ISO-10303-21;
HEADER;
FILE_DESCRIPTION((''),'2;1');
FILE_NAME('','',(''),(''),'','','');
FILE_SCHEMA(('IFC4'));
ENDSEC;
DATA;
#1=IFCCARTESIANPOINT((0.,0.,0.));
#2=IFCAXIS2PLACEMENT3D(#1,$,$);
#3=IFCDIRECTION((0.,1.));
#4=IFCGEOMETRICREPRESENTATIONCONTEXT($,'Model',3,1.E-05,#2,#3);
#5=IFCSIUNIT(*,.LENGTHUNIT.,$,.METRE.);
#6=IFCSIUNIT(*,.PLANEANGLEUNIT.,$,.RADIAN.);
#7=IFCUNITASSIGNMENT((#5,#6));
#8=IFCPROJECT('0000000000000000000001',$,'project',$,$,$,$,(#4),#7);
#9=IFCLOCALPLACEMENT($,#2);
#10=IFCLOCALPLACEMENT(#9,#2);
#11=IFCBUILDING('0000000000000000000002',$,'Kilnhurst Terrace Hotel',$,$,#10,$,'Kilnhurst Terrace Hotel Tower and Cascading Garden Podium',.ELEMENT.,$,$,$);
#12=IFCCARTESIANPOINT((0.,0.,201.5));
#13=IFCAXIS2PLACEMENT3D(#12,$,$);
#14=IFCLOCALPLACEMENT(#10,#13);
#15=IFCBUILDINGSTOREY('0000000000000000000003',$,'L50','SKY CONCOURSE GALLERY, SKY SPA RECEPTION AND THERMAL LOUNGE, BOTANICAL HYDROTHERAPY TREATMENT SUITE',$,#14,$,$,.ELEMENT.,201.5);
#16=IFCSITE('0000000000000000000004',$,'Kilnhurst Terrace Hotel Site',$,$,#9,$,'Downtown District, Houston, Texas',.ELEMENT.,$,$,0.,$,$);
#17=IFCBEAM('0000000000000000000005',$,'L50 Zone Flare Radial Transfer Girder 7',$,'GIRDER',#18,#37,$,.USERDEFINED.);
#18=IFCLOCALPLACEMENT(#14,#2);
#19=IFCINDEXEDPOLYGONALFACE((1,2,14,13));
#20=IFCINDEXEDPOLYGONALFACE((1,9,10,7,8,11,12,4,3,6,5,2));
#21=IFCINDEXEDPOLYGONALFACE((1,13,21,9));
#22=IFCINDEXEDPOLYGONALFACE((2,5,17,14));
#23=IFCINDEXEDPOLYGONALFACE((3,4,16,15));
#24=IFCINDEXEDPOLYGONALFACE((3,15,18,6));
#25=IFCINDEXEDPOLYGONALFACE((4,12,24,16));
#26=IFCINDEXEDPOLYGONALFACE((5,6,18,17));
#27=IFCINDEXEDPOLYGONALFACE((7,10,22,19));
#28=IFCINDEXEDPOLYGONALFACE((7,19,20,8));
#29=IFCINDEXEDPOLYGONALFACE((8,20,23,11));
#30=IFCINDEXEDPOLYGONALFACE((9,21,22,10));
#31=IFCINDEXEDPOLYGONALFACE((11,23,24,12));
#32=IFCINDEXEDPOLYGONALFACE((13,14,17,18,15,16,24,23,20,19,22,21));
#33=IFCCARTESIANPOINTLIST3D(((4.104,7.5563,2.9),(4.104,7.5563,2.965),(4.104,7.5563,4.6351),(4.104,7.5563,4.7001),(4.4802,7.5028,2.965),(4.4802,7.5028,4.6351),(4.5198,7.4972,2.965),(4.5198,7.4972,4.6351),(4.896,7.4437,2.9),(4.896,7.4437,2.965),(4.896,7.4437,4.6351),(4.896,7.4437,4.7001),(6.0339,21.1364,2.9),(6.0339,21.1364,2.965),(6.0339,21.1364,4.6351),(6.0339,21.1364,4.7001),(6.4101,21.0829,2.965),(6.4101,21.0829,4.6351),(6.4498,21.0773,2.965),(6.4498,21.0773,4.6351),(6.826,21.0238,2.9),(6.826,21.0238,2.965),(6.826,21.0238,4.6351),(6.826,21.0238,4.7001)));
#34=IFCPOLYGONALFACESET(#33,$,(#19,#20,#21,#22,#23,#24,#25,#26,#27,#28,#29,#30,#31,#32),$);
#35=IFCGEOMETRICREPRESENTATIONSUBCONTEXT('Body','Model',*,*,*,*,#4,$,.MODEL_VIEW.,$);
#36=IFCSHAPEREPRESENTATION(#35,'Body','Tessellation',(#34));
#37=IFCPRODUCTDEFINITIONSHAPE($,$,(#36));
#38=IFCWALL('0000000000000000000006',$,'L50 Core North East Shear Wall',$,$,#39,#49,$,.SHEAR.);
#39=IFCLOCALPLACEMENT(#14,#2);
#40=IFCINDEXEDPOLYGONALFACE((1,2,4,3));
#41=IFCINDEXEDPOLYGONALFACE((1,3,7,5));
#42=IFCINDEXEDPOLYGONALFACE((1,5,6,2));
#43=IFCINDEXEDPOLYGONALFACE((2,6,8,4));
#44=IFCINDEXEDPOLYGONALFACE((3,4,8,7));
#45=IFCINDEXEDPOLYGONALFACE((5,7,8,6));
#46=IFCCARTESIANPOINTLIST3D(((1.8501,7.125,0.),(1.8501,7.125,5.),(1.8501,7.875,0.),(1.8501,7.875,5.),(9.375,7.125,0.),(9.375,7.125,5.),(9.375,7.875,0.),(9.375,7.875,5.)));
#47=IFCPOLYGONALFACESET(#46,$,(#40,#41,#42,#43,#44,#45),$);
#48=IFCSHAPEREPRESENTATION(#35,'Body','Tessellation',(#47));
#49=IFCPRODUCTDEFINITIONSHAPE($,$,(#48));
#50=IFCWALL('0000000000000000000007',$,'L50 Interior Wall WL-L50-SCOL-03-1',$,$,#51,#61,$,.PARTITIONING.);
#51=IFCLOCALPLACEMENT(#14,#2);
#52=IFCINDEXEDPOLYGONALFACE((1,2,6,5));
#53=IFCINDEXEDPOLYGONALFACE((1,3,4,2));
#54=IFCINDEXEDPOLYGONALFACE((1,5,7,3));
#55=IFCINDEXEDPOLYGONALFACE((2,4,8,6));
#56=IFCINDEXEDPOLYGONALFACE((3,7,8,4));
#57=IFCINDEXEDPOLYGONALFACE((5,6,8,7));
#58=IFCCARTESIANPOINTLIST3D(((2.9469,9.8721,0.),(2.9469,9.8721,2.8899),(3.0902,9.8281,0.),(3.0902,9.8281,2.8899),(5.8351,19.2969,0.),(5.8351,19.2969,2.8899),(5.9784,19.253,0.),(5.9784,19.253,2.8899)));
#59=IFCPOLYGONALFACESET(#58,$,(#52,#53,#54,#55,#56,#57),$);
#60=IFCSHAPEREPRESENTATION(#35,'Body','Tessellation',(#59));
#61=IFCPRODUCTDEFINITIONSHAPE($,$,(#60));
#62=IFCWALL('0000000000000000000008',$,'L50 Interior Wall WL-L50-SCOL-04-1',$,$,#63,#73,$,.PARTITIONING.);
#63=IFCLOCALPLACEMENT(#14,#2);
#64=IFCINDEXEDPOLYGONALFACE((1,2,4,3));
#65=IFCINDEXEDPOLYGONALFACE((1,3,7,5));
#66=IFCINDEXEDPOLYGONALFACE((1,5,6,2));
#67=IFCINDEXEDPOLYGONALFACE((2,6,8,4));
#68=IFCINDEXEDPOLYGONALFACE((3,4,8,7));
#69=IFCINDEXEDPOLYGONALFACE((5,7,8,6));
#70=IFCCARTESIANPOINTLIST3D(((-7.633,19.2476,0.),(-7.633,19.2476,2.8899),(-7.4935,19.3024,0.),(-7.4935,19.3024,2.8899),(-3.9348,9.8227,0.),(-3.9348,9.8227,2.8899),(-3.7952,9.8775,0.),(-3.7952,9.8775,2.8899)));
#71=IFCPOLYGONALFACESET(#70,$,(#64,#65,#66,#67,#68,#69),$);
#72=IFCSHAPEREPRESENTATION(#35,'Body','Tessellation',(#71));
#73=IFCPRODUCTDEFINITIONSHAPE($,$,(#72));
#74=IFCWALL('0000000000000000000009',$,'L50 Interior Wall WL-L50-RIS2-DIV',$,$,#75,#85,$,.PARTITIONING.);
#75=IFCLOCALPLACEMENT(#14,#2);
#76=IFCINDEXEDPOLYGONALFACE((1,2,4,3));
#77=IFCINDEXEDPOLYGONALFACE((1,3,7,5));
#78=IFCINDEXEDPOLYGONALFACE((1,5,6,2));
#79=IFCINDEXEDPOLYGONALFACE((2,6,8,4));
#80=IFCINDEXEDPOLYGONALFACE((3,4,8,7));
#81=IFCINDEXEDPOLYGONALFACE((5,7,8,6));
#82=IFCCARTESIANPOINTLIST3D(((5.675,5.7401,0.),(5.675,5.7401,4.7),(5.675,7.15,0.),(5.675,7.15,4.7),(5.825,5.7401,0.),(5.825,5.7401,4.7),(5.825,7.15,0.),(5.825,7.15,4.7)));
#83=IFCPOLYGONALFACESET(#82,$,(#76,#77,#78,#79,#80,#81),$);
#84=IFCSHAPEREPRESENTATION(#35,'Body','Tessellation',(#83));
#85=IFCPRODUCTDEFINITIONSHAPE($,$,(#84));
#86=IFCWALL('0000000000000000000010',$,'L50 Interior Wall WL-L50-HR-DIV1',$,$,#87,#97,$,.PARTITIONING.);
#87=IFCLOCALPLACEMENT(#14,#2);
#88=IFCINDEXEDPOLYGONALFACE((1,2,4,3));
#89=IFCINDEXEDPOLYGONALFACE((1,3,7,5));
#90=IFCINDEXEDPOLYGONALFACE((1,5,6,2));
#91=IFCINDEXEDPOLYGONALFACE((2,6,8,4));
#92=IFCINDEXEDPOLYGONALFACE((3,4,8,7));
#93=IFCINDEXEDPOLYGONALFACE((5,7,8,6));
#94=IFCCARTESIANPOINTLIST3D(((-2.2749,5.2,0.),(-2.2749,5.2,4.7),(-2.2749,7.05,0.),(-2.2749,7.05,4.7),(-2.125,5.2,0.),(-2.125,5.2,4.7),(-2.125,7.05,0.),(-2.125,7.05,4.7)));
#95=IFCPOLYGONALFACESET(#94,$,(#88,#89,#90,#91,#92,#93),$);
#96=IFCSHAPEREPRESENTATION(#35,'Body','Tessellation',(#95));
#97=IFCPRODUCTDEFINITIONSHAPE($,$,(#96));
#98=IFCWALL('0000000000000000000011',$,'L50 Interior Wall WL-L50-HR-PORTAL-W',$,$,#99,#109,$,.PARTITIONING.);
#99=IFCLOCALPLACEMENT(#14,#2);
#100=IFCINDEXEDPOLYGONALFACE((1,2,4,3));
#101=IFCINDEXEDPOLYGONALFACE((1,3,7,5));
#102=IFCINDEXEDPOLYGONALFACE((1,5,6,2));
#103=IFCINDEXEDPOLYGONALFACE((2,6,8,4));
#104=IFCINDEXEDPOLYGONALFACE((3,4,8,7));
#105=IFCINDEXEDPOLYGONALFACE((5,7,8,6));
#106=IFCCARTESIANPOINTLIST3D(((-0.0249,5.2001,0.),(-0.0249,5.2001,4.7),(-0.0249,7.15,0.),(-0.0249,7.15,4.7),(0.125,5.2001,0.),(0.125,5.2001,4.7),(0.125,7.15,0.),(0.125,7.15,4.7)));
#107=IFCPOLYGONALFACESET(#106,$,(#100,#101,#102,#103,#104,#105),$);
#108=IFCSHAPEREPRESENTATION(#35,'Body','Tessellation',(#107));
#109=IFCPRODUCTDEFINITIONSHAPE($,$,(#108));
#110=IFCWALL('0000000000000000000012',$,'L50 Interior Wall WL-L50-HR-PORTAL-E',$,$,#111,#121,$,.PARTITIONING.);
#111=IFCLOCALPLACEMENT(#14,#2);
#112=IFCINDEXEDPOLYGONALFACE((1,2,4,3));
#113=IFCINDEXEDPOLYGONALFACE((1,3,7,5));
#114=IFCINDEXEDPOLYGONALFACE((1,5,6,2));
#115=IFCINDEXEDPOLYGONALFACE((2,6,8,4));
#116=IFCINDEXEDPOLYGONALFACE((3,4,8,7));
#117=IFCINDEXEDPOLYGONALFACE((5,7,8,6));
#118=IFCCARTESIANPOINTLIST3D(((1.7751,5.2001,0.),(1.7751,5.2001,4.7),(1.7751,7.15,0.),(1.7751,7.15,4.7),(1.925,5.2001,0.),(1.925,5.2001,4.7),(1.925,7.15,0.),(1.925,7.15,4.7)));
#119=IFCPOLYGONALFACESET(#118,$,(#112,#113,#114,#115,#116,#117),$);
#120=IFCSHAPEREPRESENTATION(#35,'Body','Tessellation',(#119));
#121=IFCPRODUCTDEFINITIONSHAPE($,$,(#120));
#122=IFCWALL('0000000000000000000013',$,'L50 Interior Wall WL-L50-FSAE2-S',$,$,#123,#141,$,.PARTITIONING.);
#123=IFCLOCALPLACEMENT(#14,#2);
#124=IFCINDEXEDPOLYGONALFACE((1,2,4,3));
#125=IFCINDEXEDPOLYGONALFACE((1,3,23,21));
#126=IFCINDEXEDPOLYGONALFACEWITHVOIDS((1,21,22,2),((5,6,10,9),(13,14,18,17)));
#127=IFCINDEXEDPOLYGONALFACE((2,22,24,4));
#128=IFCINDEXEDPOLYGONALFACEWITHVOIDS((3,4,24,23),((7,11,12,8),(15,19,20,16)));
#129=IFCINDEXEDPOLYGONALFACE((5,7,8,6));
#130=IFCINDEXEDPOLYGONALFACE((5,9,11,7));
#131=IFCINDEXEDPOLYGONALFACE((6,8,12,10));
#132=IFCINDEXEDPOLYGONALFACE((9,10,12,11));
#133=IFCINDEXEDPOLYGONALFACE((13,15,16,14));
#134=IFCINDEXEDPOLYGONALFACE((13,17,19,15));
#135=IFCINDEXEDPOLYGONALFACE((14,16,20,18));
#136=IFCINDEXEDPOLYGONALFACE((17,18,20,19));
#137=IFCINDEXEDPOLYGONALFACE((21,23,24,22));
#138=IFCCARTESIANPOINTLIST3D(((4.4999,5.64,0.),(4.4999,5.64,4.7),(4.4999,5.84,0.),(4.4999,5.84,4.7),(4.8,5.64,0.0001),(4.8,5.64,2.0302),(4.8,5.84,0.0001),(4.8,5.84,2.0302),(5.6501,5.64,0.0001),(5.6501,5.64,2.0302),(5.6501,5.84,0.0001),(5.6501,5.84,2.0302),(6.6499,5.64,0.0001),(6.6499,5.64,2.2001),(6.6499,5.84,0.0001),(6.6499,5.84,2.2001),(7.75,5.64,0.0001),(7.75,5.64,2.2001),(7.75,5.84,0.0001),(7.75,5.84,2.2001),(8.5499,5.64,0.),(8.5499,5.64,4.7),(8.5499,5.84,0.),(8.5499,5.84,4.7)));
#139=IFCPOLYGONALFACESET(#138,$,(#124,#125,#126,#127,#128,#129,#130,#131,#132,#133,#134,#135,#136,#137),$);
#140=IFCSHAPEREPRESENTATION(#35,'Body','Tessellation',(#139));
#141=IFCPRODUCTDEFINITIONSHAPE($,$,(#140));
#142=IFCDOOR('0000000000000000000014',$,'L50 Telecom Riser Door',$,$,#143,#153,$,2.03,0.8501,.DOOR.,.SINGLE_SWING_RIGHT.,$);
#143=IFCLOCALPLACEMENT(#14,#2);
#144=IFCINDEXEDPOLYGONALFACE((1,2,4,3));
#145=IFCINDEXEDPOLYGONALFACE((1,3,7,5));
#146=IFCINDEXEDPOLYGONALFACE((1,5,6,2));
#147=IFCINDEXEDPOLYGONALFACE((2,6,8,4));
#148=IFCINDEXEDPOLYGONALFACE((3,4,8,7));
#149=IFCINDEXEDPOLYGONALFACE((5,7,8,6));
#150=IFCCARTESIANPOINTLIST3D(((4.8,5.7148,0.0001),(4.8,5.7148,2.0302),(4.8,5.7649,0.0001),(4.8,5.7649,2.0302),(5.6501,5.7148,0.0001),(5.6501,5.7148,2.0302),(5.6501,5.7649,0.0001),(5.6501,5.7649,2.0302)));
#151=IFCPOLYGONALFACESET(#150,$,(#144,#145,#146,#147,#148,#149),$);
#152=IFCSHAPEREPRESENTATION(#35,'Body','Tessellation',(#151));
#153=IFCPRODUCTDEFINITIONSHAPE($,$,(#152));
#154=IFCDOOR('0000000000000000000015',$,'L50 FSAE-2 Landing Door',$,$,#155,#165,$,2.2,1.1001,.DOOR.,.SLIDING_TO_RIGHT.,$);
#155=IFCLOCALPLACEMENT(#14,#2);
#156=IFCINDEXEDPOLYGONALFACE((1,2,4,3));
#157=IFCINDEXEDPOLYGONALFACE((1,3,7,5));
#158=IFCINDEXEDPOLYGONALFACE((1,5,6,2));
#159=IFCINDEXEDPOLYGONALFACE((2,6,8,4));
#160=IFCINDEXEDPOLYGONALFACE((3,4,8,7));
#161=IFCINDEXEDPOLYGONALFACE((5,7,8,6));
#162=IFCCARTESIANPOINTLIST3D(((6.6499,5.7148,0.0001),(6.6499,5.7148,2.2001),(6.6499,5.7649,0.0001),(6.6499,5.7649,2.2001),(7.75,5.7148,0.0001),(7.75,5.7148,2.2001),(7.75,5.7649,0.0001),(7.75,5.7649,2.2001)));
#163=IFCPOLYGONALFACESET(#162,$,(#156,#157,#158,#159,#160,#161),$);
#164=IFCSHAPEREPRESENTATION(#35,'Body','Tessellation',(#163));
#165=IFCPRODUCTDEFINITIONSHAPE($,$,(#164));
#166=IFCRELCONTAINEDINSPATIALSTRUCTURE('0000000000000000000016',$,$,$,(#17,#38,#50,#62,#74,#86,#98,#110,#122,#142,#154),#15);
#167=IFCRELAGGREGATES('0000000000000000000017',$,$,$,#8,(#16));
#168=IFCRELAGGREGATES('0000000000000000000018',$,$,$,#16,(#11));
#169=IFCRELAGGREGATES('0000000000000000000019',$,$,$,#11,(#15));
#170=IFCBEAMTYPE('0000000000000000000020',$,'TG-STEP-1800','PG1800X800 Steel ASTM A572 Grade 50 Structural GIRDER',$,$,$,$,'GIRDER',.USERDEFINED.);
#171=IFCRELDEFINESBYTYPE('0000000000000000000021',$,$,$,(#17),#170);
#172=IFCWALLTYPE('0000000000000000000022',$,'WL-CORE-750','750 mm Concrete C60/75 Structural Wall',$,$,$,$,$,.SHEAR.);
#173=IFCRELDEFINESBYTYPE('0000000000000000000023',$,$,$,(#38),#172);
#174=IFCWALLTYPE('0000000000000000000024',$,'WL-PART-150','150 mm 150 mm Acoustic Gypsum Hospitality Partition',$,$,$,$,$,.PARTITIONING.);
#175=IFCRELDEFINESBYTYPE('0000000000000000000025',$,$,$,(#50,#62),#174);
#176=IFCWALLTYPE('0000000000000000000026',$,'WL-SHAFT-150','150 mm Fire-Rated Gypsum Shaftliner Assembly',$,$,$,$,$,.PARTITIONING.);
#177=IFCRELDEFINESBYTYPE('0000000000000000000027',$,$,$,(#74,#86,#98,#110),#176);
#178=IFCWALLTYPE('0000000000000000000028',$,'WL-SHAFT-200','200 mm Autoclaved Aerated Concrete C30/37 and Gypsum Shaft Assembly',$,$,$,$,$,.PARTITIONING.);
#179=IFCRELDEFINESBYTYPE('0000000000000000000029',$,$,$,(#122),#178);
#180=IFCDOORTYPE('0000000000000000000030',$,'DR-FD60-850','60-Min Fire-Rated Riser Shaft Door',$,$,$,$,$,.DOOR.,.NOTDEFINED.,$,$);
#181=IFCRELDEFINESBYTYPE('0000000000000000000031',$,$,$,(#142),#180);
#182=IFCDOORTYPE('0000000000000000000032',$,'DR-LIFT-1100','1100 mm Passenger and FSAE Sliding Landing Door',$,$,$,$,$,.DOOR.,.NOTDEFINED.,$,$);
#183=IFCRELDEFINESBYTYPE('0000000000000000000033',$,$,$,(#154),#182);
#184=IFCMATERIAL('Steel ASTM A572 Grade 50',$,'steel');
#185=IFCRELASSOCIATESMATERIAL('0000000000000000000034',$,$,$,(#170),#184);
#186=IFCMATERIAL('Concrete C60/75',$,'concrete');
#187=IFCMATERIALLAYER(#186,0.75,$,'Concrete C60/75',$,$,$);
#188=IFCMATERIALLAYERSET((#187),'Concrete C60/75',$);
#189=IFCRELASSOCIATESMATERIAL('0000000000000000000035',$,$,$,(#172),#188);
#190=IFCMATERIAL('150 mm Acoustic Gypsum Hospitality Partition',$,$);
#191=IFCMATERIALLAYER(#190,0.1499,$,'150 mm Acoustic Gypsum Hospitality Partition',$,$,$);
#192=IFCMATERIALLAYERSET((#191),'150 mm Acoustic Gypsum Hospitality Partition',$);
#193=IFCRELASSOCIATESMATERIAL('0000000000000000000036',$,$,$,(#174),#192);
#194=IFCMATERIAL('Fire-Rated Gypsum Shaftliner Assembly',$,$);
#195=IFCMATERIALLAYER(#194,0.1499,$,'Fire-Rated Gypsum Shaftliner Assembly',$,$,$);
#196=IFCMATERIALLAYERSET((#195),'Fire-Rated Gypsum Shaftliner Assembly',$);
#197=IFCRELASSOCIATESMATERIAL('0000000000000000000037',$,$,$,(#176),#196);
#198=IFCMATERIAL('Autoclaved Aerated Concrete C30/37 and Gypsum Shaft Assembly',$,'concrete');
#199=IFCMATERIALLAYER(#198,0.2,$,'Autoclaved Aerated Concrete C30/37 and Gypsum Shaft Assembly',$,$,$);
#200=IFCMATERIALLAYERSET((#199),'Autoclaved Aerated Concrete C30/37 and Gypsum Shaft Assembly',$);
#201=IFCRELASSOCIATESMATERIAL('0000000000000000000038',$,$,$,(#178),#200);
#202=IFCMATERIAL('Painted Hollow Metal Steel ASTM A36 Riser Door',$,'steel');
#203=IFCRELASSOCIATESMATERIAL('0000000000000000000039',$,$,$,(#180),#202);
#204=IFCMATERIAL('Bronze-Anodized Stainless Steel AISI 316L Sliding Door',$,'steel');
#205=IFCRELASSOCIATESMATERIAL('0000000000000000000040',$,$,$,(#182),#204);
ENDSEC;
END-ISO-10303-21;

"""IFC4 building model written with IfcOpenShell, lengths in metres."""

from ifc_helpers import new_model, si_unit, direction, frame, frame_2d, origin, origin_2d, place, context, subcontext, project, spatial, rectangle, i_section, extrude, material, layer, layer_set, material_profile, profile_set, type_object, element, fill, save


model = new_model("IFC4")

# Units and contexts
model_context = context("Model", 3, precision=1e-05, world=origin(), true_north=direction((0.0, 1.0)))
body_context = subcontext(model_context, "Body", "Model", "MODEL_VIEW")
ifc_project = project(units=[si_unit("LENGTHUNIT", "METRE"), si_unit("PLANEANGLEUNIT", "RADIAN")], contexts=[model_context])

# Site, building, storey
site_placement = place(None, origin())
site = spatial("IfcSite", under=ifc_project, at=site_placement, Name="Kilnhurst Terrace Hotel Site", LongName="Downtown District, Houston, Texas", CompositionType="ELEMENT", RefElevation=0.0)
building_placement = place(site_placement, origin())
building = spatial("IfcBuilding", under=site, at=building_placement, Name="Kilnhurst Terrace Hotel", LongName="Kilnhurst Terrace Hotel Tower and Cascading Garden Podium", CompositionType="ELEMENT")
storey_placement = place(building_placement, frame((0.0, 0.0, 201.5)))
storey = spatial("IfcBuildingStorey", under=building, at=storey_placement, Name="L50", Description="SKY CONCOURSE GALLERY, SKY SPA RECEPTION AND THERMAL LOUNGE, BOTANICAL HYDROTHERAPY TREATMENT SUITE", CompositionType="ELEMENT", Elevation=201.5)

# Shared definitions
ifc_material_1 = material(Name="Concrete C60/75", Category="concrete")

# Beam
ifc_material_2 = material(Name="Steel ASTM A572 Grade 50", Category="steel")
ifc_material_profile_1 = material_profile(ifc_material_2, i_section(OverallWidth=0.8, OverallDepth=1.8, WebThickness=0.04, FlangeThickness=0.0649, at=origin_2d()), Name="PG1800X800")
ifc_profile_set_1 = profile_set([ifc_material_profile_1], Name="Steel ASTM A572 Grade 50")
beam_type_1 = type_object("IfcBeamType", Name="TG-STEP-1800", Description="PG1800X800 Steel ASTM A572 Grade 50 Structural GIRDER", ElementType="GIRDER", PredefinedType="USERDEFINED", material=ifc_profile_set_1)
beam_1_placement = place(storey_placement, frame((4.5, 7.5, 3.8), z_axis=(0.140701, 0.990052, 0.0), x_axis=(-0.990052, 0.140701, 0.0)))
element("IfcBeam", 1, at=beam_1_placement, inside=storey, type_object=beam_type_1, Name="L50 Zone Flare Radial Transfer Girder 7", ObjectType="GIRDER", PredefinedType="USERDEFINED", context=body_context, shape_type="SweptSolid", body=[
    extrude(i_section(OverallWidth=0.8, OverallDepth=1.8, WebThickness=0.04, FlangeThickness=0.0649, at=origin_2d()), origin(), (0.0, 0.0, 1.0), 13.7166),
])

# Walls
ifc_layer_1 = layer(ifc_material_1, 0.75, Name="Concrete C60/75")
ifc_layer_set_1 = layer_set([ifc_layer_1], Name="Concrete C60/75")
wall_type_1 = type_object("IfcWallType", Name="WL-CORE-750", Description="750 mm Concrete C60/75 Structural Wall", PredefinedType="SHEAR", material=ifc_layer_set_1)
wall_1_placement = place(storey_placement, frame((1.8501, 7.5, 0.0), z_axis=(0.0, 0.0, 1.0), x_axis=(1.0, 0.0, 0.0)))
element("IfcWall", 2, at=wall_1_placement, inside=storey, type_object=wall_type_1, Name="L50 Core North East Shear Wall", PredefinedType="SHEAR", context=body_context, shape_type="SweptSolid", body=[
    extrude(rectangle(XDim=7.5249, YDim=0.75, at=frame_2d((3.7625, 0.0))), origin(), (0.0, 0.0, 1.0), 5.0),
])
ifc_material_3 = material(Name="150 mm Acoustic Gypsum Hospitality Partition")
ifc_layer_2 = layer(ifc_material_3, 0.1499, Name="150 mm Acoustic Gypsum Hospitality Partition")
ifc_layer_set_2 = layer_set([ifc_layer_2], Name="150 mm Acoustic Gypsum Hospitality Partition")
wall_type_2 = type_object("IfcWallType", Name="WL-PART-150", Description="150 mm 150 mm Acoustic Gypsum Hospitality Partition", PredefinedType="PARTITIONING", material=ifc_layer_set_2)
wall_2_placement = place(storey_placement, frame((3.0186, 9.8501, 0.0), z_axis=(0.0, 0.0, 1.0), x_axis=(0.292996, 0.956114, 0.0)))
element("IfcWall", 3, at=wall_2_placement, inside=storey, type_object=wall_type_2, Name="L50 Interior Wall WL-L50-SCOL-03-1", PredefinedType="PARTITIONING", context=body_context, shape_type="SweptSolid", body=[
    extrude(rectangle(XDim=9.8574, YDim=0.1499, at=frame_2d((4.9287, 0.0))), origin(), (0.0, 0.0, 1.0), 2.8899),
])
wall_3_placement = place(storey_placement, frame((-3.865, 9.8501, 0.0), z_axis=(0.0, 0.0, 1.0), x_axis=(-0.365279, 0.930898, 0.0)))
element("IfcWall", 4, at=wall_3_placement, inside=storey, type_object=wall_type_2, Name="L50 Interior Wall WL-L50-SCOL-04-1", PredefinedType="PARTITIONING", context=body_context, shape_type="SweptSolid", body=[
    extrude(rectangle(XDim=10.1245, YDim=0.1499, at=frame_2d((5.0623, 0.0))), origin(), (0.0, 0.0, 1.0), 2.8899),
])
ifc_material_4 = material(Name="Fire-Rated Gypsum Shaftliner Assembly")
ifc_layer_3 = layer(ifc_material_4, 0.1499, Name="Fire-Rated Gypsum Shaftliner Assembly")
ifc_layer_set_3 = layer_set([ifc_layer_3], Name="Fire-Rated Gypsum Shaftliner Assembly")
wall_type_3 = type_object("IfcWallType", Name="WL-SHAFT-150", Description="150 mm Fire-Rated Gypsum Shaftliner Assembly", PredefinedType="PARTITIONING", material=ifc_layer_set_3)
wall_4_placement = place(storey_placement, frame((5.75, 5.74, 0.0), z_axis=(0.0, 0.0, 1.0), x_axis=(0.0, 1.0, 0.0)))
element("IfcWall", 5, at=wall_4_placement, inside=storey, type_object=wall_type_3, Name="L50 Interior Wall WL-L50-RIS2-DIV", PredefinedType="PARTITIONING", context=body_context, shape_type="SweptSolid", body=[
    extrude(rectangle(XDim=1.4099, YDim=0.1499, at=frame_2d((0.7051, 0.0))), origin(), (0.0, 0.0, 1.0), 4.7),
])
wall_5_placement = place(storey_placement, frame((-2.2, 5.2, 0.0), z_axis=(0.0, 0.0, 1.0), x_axis=(0.0, 1.0, 0.0)))
element("IfcWall", 6, at=wall_5_placement, inside=storey, type_object=wall_type_3, Name="L50 Interior Wall WL-L50-HR-DIV1", PredefinedType="PARTITIONING", context=body_context, shape_type="SweptSolid", body=[
    extrude(rectangle(XDim=1.8501, YDim=0.1499, at=frame_2d((0.925, 0.0))), origin(), (0.0, 0.0, 1.0), 4.7),
])
for number, where, z_axis, x_axis, name in (
    (7, (0.05, 5.2, 0.0), (0.0, 0.0, 1.0), (0.0, 1.0, 0.0), "L50 Interior Wall WL-L50-HR-PORTAL-W"),
    (8, (1.8501, 5.2, 0.0), (0.0, 0.0, 1.0), (0.0, 1.0, 0.0), "L50 Interior Wall WL-L50-HR-PORTAL-E"),
):
    element("IfcWall", number, at=place(storey_placement, frame(where, z_axis=z_axis, x_axis=x_axis)), inside=storey, type_object=wall_type_3, Name=name, PredefinedType="PARTITIONING", context=body_context, shape_type="SweptSolid", body=[
        extrude(rectangle(XDim=1.95, YDim=0.1499, at=frame_2d((0.9751, 0.0))), origin(), (0.0, 0.0, 1.0), 4.7),
    ])

# Wall, openings, doors
ifc_material_5 = material(Name="Autoclaved Aerated Concrete C30/37 and Gypsum Shaft Assembly", Category="concrete")
ifc_layer_4 = layer(ifc_material_5, 0.2, Name="Autoclaved Aerated Concrete C30/37 and Gypsum Shaft Assembly")
ifc_layer_set_4 = layer_set([ifc_layer_4], Name="Autoclaved Aerated Concrete C30/37 and Gypsum Shaft Assembly")
wall_type_4 = type_object("IfcWallType", Name="WL-SHAFT-200", Description="200 mm Autoclaved Aerated Concrete C30/37 and Gypsum Shaft Assembly", PredefinedType="PARTITIONING", material=ifc_layer_set_4)
wall_6_placement = place(storey_placement, frame((4.5, 5.74, 0.0), z_axis=(0.0, 0.0, 1.0), x_axis=(1.0, 0.0, 0.0)))
wall_6 = element("IfcWall", 9, at=wall_6_placement, inside=storey, type_object=wall_type_4, Name="L50 Interior Wall WL-L50-FSAE2-S", PredefinedType="PARTITIONING", context=body_context, shape_type="SweptSolid", body=[
    extrude(rectangle(XDim=4.05, YDim=0.2, at=frame_2d((2.0249, 0.0))), origin(), (0.0, 0.0, 1.0), 4.7),
])
opening_1_placement = place(wall_6_placement, frame((0.3, 0.0, 0.0)))
opening_1 = element("IfcOpeningElement", 10, at=opening_1_placement, cuts=wall_6, PredefinedType="OPENING", context=body_context, shape_type="SweptSolid", body=[
    extrude(rectangle(XDim=0.8501, YDim=2.03, at=frame_2d((0.425, 1.0151))), frame((0.0, 0.1099, 0.0), z_axis=(0.0, -1.0, 0.0), x_axis=(1.0, 0.0, 0.0)), (0.0, 0.0, 1.0), 0.22),
])
opening_2_placement = place(wall_6_placement, frame((2.1499, 0.0, 0.0)))
opening_2 = element("IfcOpeningElement", 11, at=opening_2_placement, cuts=wall_6, PredefinedType="OPENING", context=body_context, shape_type="SweptSolid", body=[
    extrude(rectangle(XDim=1.1001, YDim=2.2, at=frame_2d((0.55, 1.1001))), frame((0.0, 0.1099, 0.0), z_axis=(0.0, -1.0, 0.0), x_axis=(1.0, 0.0, 0.0)), (0.0, 0.0, 1.0), 0.22),
])
ifc_material_6 = material(Name="Painted Hollow Metal Steel ASTM A36 Riser Door", Category="steel")
door_type_1 = type_object("IfcDoorType", Name="DR-FD60-850", Description="60-Min Fire-Rated Riser Shaft Door", OperationType="NOTDEFINED", PredefinedType="DOOR", material=ifc_material_6)
door_1_placement = place(opening_1_placement, origin())
door_1 = element("IfcDoor", 12, at=door_1_placement, inside=storey, type_object=door_type_1, Name="L50 Telecom Riser Door", OperationType="SINGLE_SWING_RIGHT", OverallHeight=2.03, OverallWidth=0.8501, PredefinedType="DOOR", context=body_context, shape_type="SweptSolid", body=[
    extrude(rectangle(XDim=0.8501, YDim=2.03, at=frame_2d((0.425, 1.0151))), frame((0.0, 0.0249, 0.0), z_axis=(0.0, -1.0, 0.0), x_axis=(1.0, 0.0, 0.0)), (0.0, 0.0, 1.0), 0.05),
])
fill(opening_1, door_1)
ifc_material_7 = material(Name="Bronze-Anodized Stainless Steel AISI 316L Sliding Door", Category="steel")
door_type_2 = type_object("IfcDoorType", Name="DR-LIFT-1100", Description="1100 mm Passenger and FSAE Sliding Landing Door", OperationType="NOTDEFINED", PredefinedType="DOOR", material=ifc_material_7)
door_2_placement = place(opening_2_placement, origin())
door_2 = element("IfcDoor", 13, at=door_2_placement, inside=storey, type_object=door_type_2, Name="L50 FSAE-2 Landing Door", OperationType="SLIDING_TO_RIGHT", OverallHeight=2.2, OverallWidth=1.1001, PredefinedType="DOOR", context=body_context, shape_type="SweptSolid", body=[
    extrude(rectangle(XDim=1.1001, YDim=2.2, at=frame_2d((0.55, 1.1001))), frame((0.0, 0.0249, 0.0), z_axis=(0.0, -1.0, 0.0), x_axis=(1.0, 0.0, 0.0)), (0.0, 0.0, 1.0), 0.05),
])
fill(opening_2, door_2)

save(model, "model.ifc")
